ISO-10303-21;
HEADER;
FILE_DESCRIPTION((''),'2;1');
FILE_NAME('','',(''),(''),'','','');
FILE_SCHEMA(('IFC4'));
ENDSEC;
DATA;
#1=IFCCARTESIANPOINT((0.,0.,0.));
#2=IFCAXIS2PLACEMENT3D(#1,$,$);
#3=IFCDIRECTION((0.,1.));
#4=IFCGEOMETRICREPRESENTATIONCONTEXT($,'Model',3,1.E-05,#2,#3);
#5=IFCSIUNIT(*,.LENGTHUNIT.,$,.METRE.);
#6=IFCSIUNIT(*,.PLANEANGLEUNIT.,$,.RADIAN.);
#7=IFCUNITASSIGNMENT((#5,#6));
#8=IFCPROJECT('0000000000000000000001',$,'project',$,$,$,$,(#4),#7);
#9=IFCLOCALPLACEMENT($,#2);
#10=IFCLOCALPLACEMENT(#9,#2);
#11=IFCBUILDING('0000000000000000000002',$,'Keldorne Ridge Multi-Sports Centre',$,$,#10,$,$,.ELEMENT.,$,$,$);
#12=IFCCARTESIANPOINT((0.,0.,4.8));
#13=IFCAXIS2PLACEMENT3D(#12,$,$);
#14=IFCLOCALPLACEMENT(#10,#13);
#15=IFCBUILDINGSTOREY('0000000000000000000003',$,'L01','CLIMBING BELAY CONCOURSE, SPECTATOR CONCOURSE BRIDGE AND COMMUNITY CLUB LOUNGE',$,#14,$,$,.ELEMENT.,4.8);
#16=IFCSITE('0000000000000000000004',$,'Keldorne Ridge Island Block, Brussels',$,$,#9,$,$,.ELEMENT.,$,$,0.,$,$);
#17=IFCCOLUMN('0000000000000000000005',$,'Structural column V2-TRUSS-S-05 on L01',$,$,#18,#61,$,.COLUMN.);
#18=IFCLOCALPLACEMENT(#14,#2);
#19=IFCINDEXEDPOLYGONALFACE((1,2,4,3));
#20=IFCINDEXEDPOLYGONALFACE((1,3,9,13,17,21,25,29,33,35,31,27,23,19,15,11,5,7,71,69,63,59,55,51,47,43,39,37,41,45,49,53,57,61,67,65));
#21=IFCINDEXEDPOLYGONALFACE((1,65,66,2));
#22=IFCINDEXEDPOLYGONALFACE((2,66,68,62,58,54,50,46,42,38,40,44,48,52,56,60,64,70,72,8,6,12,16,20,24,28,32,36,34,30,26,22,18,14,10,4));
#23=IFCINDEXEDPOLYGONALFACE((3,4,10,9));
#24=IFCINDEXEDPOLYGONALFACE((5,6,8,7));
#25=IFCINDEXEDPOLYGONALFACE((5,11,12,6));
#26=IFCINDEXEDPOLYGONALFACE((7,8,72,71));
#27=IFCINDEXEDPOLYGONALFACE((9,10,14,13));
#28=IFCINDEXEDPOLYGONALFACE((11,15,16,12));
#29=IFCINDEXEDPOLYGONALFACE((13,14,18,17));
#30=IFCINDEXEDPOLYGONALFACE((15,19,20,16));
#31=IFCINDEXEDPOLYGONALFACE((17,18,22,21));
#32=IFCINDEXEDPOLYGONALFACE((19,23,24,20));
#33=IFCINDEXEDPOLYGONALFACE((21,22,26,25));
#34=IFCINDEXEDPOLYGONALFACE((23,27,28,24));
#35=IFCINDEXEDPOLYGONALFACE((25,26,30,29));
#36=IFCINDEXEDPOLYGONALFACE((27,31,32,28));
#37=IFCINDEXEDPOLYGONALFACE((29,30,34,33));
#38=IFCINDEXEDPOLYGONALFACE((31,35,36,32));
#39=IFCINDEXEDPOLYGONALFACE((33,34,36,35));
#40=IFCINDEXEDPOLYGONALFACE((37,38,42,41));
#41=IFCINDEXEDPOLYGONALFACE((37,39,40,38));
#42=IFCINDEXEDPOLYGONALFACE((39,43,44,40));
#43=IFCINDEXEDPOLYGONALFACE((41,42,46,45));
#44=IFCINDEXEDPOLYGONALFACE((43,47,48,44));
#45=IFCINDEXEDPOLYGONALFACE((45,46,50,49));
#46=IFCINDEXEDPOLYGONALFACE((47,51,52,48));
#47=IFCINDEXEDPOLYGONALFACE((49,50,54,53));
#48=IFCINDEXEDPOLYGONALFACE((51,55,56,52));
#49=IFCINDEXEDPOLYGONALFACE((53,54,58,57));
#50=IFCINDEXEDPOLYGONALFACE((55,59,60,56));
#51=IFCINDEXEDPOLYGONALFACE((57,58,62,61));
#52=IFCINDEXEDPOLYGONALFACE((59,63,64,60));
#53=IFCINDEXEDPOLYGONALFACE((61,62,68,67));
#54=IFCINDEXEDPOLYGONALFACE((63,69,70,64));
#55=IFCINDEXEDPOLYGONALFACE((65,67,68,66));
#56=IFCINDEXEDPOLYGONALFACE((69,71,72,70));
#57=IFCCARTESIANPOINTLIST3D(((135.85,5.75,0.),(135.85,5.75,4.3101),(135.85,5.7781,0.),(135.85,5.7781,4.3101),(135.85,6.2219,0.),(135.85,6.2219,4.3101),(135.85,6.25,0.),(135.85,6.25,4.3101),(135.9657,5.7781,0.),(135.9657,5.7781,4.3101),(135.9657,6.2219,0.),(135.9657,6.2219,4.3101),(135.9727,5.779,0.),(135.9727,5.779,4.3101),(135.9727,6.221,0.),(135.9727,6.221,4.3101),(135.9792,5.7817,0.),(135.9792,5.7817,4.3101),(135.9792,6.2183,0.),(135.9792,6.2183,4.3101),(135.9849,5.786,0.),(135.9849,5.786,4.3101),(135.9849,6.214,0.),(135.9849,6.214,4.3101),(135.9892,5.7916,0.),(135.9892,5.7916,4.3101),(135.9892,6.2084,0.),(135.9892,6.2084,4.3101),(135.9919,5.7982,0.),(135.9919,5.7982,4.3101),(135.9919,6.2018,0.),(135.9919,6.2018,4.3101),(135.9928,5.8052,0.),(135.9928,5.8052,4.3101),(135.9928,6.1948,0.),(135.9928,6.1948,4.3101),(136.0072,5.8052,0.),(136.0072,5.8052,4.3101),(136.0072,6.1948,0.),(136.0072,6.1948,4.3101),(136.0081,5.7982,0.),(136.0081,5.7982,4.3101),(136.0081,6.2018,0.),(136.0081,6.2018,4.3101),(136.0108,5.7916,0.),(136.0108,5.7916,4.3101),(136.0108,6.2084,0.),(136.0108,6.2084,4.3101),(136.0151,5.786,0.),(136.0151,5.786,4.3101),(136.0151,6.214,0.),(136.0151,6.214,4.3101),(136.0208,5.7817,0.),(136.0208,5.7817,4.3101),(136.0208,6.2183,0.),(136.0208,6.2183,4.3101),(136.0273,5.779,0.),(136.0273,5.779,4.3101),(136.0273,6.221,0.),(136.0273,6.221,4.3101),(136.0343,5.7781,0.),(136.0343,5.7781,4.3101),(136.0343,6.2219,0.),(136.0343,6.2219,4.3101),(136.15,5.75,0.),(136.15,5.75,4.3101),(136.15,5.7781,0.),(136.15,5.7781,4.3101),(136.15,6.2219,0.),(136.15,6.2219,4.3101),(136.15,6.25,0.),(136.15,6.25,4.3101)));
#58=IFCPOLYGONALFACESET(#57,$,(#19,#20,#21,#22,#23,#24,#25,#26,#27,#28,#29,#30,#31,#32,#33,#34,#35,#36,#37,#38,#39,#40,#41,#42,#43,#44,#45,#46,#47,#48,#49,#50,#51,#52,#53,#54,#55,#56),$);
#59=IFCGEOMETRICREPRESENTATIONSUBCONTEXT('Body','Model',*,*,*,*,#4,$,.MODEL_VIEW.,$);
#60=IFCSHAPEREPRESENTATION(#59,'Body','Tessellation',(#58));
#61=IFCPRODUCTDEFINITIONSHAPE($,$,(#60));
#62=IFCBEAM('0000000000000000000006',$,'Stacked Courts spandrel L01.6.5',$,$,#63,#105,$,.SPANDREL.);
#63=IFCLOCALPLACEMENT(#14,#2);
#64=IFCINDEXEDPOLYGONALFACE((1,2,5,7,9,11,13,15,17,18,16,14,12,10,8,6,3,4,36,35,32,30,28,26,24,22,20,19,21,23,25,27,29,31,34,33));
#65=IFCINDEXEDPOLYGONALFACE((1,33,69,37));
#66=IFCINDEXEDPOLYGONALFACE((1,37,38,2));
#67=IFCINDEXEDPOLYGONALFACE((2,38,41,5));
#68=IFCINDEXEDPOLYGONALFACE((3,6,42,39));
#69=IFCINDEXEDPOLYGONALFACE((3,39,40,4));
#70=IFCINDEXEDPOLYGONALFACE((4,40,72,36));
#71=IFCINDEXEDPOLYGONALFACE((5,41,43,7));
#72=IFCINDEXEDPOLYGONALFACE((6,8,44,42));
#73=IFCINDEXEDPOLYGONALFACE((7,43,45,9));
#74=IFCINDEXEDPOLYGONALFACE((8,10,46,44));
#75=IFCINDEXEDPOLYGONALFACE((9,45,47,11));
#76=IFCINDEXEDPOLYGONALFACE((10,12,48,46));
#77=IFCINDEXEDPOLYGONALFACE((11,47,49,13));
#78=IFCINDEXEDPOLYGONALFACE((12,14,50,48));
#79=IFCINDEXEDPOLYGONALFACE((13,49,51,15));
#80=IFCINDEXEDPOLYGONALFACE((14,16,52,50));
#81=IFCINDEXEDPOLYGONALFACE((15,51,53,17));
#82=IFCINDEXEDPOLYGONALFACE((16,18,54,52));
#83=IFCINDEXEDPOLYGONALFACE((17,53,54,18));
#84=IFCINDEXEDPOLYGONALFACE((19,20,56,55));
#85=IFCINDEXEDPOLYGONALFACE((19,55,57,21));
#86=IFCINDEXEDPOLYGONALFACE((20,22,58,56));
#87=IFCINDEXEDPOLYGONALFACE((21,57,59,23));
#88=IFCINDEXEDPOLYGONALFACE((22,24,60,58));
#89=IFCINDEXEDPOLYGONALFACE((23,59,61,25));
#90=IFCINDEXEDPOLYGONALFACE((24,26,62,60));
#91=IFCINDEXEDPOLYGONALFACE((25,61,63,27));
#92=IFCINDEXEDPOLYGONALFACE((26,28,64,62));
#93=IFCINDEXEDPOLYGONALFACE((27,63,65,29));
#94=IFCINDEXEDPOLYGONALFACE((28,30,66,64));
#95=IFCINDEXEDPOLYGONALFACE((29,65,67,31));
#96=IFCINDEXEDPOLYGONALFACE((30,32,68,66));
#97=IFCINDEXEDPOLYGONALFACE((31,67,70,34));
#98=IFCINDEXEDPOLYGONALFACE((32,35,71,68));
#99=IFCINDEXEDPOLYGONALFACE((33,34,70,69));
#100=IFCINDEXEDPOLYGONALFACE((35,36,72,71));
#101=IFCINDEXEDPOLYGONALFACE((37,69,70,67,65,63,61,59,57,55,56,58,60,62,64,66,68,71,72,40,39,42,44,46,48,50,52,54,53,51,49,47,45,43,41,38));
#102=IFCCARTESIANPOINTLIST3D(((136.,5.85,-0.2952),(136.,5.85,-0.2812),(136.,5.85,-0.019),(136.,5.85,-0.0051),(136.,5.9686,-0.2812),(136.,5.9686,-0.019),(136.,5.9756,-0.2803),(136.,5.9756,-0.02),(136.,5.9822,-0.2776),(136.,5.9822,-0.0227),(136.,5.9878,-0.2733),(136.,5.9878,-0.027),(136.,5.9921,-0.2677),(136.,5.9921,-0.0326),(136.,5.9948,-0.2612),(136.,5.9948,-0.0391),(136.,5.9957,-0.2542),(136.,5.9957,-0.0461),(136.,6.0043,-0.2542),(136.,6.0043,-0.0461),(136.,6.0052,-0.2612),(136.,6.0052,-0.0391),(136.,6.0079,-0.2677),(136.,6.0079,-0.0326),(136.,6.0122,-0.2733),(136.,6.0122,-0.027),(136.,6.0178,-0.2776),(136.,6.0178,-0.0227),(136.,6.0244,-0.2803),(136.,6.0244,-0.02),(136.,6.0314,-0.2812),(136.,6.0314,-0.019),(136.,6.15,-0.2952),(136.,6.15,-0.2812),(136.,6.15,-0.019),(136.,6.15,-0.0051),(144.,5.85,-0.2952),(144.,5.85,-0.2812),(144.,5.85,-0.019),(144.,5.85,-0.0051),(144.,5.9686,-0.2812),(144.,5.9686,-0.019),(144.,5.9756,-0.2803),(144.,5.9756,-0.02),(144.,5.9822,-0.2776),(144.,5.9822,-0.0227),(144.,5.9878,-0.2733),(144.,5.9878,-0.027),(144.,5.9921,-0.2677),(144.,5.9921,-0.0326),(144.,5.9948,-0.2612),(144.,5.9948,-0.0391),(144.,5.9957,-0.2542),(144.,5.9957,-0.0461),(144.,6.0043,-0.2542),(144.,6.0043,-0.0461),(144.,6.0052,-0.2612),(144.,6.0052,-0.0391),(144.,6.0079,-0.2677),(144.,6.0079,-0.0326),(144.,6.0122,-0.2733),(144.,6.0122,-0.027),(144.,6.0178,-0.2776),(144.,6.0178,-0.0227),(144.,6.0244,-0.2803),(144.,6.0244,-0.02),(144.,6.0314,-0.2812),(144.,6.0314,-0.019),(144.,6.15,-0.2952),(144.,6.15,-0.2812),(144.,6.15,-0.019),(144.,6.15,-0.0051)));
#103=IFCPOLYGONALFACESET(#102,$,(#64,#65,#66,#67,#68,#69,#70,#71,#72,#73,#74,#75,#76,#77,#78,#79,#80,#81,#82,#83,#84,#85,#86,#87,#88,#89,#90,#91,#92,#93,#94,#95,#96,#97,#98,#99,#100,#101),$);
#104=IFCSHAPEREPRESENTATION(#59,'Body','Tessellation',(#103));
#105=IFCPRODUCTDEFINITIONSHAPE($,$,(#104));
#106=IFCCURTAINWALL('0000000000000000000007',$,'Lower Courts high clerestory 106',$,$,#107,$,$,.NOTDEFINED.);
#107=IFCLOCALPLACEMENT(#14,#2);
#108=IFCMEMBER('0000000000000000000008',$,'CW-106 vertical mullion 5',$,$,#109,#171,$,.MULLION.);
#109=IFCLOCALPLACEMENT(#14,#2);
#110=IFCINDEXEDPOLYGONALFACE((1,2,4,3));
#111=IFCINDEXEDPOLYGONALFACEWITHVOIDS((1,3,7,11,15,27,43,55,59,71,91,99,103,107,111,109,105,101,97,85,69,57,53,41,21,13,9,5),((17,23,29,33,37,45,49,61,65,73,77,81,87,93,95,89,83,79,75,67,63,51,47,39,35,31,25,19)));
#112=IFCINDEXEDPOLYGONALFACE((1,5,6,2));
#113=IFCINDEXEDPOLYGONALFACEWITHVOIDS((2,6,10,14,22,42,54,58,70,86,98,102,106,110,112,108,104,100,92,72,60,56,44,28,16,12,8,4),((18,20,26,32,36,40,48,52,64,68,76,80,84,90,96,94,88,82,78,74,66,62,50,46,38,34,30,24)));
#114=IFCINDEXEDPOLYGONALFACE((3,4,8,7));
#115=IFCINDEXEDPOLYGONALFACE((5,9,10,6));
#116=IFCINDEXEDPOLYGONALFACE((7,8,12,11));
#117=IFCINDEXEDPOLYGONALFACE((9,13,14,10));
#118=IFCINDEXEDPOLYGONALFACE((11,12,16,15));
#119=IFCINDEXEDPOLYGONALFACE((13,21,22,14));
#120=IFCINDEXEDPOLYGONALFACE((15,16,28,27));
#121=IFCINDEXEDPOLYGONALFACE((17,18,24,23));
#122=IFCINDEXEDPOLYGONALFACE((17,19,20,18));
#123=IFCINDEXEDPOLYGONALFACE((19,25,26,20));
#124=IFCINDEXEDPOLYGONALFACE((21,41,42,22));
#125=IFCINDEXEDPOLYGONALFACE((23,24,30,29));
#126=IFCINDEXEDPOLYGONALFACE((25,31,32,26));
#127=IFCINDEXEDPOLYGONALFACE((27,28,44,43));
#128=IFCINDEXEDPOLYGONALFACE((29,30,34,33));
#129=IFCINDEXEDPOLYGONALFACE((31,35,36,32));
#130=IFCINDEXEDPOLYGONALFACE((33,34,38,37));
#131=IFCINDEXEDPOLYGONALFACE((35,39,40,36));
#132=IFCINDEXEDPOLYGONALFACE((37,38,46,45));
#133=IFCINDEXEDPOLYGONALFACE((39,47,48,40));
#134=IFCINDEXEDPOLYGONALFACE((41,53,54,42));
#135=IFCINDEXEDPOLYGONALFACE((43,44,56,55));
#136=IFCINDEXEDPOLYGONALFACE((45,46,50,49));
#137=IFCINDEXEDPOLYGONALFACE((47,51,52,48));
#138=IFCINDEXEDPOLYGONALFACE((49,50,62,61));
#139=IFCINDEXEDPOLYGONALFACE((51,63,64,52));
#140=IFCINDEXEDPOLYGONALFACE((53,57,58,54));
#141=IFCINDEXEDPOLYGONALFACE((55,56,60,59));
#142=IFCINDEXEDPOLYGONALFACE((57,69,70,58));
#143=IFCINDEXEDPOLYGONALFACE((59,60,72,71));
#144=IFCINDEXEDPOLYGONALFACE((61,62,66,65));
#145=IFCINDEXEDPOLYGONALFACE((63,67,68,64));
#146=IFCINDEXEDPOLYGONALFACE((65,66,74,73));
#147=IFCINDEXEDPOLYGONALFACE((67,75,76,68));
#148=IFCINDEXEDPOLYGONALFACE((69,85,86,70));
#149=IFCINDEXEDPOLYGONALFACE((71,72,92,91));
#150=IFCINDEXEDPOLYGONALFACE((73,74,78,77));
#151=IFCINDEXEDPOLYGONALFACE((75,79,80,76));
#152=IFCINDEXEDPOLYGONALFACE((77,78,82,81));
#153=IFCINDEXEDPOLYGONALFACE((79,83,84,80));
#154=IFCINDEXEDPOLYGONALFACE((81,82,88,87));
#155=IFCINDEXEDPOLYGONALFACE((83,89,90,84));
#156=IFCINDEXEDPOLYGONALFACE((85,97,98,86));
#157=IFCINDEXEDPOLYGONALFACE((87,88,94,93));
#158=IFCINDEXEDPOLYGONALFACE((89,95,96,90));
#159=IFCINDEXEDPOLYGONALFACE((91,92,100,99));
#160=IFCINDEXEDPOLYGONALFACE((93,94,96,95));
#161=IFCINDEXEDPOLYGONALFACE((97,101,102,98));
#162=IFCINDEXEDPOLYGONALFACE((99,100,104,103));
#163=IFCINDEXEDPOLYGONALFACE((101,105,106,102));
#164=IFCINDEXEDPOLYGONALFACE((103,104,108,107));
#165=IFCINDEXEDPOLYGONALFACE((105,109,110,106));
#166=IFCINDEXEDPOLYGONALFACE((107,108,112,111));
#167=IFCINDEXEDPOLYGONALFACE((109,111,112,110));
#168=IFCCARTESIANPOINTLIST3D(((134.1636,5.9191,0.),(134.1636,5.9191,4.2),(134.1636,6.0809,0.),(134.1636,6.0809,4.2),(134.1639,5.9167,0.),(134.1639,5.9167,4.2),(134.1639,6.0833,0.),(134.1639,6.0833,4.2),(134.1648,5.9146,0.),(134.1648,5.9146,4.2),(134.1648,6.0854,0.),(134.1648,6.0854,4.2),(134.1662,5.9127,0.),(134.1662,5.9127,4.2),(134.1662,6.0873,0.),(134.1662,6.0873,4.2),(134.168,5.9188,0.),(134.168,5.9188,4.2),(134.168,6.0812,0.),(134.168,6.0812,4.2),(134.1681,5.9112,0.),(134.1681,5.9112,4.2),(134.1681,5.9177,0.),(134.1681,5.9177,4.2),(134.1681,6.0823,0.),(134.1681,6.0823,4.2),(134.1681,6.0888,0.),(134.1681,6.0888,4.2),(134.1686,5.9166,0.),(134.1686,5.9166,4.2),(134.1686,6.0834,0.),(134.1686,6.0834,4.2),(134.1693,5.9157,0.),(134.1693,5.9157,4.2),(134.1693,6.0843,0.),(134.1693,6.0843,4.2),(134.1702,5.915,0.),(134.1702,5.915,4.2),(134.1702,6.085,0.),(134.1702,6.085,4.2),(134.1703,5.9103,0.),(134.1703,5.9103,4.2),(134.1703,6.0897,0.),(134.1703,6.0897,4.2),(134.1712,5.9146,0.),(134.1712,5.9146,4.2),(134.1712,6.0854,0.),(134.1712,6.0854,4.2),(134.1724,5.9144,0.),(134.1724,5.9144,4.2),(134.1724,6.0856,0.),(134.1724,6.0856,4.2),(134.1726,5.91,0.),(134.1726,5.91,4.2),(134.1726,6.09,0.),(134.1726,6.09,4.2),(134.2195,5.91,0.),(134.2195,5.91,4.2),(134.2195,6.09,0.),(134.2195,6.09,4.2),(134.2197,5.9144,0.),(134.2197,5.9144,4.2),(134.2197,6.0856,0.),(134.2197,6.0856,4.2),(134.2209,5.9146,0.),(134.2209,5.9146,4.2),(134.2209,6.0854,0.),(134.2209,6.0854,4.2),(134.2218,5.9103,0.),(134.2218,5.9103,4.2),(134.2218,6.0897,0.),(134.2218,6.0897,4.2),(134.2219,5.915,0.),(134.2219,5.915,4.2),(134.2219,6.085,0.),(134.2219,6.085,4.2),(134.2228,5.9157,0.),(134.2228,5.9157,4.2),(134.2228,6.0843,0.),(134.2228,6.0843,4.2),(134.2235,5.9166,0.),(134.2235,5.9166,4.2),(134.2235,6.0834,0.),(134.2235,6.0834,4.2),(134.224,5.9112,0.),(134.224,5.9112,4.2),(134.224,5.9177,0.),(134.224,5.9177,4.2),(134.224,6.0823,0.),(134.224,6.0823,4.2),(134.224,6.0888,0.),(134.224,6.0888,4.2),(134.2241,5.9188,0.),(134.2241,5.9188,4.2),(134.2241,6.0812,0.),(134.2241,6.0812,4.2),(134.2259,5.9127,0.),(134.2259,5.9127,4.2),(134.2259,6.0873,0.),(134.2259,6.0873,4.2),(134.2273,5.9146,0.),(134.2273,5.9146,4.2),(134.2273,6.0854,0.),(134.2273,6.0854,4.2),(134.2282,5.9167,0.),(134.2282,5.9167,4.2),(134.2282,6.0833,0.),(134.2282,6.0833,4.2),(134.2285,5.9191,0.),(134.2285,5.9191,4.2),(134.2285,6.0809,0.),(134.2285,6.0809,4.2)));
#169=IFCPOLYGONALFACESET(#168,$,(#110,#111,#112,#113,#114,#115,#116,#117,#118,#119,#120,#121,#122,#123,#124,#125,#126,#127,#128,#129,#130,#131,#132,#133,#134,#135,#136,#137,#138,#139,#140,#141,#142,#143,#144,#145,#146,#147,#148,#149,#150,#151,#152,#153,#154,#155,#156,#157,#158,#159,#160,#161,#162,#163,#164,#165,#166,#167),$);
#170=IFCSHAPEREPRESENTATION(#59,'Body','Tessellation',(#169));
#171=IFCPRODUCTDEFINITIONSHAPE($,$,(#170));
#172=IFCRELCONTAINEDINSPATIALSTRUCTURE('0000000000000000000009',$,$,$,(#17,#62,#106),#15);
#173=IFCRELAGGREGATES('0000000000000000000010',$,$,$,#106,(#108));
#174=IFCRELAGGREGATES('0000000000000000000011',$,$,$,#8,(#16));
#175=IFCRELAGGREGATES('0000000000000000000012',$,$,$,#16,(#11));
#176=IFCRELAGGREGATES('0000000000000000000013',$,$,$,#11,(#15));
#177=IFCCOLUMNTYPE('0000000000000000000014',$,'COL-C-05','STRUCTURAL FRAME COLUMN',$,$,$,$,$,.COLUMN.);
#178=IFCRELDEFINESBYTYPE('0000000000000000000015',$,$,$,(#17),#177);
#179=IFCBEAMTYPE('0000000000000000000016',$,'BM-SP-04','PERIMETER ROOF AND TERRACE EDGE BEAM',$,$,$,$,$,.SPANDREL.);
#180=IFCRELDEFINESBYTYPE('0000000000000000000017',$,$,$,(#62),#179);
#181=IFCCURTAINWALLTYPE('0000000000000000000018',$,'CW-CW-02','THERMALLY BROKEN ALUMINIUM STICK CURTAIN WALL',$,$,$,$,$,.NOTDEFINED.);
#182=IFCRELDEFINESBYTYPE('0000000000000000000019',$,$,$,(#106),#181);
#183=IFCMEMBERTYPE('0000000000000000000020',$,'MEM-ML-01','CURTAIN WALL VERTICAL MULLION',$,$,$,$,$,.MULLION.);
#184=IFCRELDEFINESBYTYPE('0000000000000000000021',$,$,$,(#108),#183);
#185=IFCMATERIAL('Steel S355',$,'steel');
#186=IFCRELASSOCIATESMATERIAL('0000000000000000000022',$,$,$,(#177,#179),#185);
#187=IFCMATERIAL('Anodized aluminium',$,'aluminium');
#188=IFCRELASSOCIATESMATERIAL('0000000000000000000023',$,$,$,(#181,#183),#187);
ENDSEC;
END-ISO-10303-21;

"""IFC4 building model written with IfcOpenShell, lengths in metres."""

from ifc_helpers import new_model, si_unit, direction, frame, origin, origin_2d, place, context, subcontext, project, spatial, hollow_rectangle, i_section, extrude, material, material_profile, profile_set, type_object, element, aggregate, save


model = new_model("IFC4")

# Units and contexts
model_context = context("Model", 3, precision=1e-05, world=origin(), true_north=direction((0.0, 1.0)))
body_context = subcontext(model_context, "Body", "Model", "MODEL_VIEW")
ifc_project = project(units=[si_unit("LENGTHUNIT", "METRE"), si_unit("PLANEANGLEUNIT", "RADIAN")], contexts=[model_context])

# Site, building, storey
site_placement = place(None, origin())
site = spatial("IfcSite", under=ifc_project, at=site_placement, Name="Keldorne Ridge Island Block, Brussels", CompositionType="ELEMENT", RefElevation=0.0)
building_placement = place(site_placement, origin())
building = spatial("IfcBuilding", under=site, at=building_placement, Name="Keldorne Ridge Multi-Sports Centre", CompositionType="ELEMENT")
storey_placement = place(building_placement, frame((0.0, 0.0, 4.8)))
storey = spatial("IfcBuildingStorey", under=building, at=storey_placement, Name="L01", Description="CLIMBING BELAY CONCOURSE, SPECTATOR CONCOURSE BRIDGE AND COMMUNITY CLUB LOUNGE", CompositionType="ELEMENT", Elevation=4.8)

# Column
ifc_material_1 = material(Name="Steel S355", Category="steel")
ifc_material_profile_1 = material_profile(ifc_material_1, i_section(OverallWidth=0.3, OverallDepth=0.5, WebThickness=0.0144, FlangeThickness=0.0281, FilletRadius=0.0271, at=origin_2d()), Name="HEB 500")
ifc_profile_set_1 = profile_set([ifc_material_profile_1], Name="Steel S355")
column_type = type_object("IfcColumnType", Name="COL-C-05", Description="STRUCTURAL FRAME COLUMN", PredefinedType="COLUMN", material=ifc_profile_set_1)
column_placement = place(storey_placement, frame((136.0, 6.0, 0.0), z_axis=(0.0, 0.0, 1.0), x_axis=(1.0, 0.0, 0.0)))
element("IfcColumn", 1, at=column_placement, inside=storey, type_object=column_type, Name="Structural column V2-TRUSS-S-05 on L01", PredefinedType="COLUMN", context=body_context, shape_type="SweptSolid", body=[
    extrude(i_section(OverallWidth=0.3, OverallDepth=0.5, WebThickness=0.0144, FlangeThickness=0.0281, FilletRadius=0.0271, at=origin_2d()), origin(), (0.0, 0.0, 1.0), 4.3101),
])

# Beam
ifc_material_profile_2 = material_profile(ifc_material_1, i_section(OverallWidth=0.3, OverallDepth=0.29, WebThickness=0.0085, FlangeThickness=0.0139, FilletRadius=0.0271, at=origin_2d()), Name="HEA 300")
ifc_profile_set_2 = profile_set([ifc_material_profile_2], Name="Steel S355")
beam_type = type_object("IfcBeamType", Name="BM-SP-04", Description="PERIMETER ROOF AND TERRACE EDGE BEAM", PredefinedType="SPANDREL", material=ifc_profile_set_2)
beam_placement = place(storey_placement, frame((136.0, 6.0, -0.1501), z_axis=(1.0, 0.0, 0.0), x_axis=(0.0, 1.0, 0.0)))
element("IfcBeam", 2, at=beam_placement, inside=storey, type_object=beam_type, Name="Stacked Courts spandrel L01.6.5", PredefinedType="SPANDREL", context=body_context, shape_type="SweptSolid", body=[
    extrude(i_section(OverallWidth=0.3, OverallDepth=0.29, WebThickness=0.0085, FlangeThickness=0.0139, FilletRadius=0.0271, at=origin_2d()), origin(), (0.0, 0.0, 1.0), 8.0),
])

# Curtain wall, member
ifc_material_2 = material(Name="Anodized aluminium", Category="aluminium")
curtain_wall_type_1 = type_object("IfcCurtainWallType", Name="CW-CW-02", Description="THERMALLY BROKEN ALUMINIUM STICK CURTAIN WALL", PredefinedType="NOTDEFINED", material=ifc_material_2)
curtain_wall_1_placement = place(storey_placement, origin())
curtain_wall_1 = element("IfcCurtainWall", 3, at=curtain_wall_1_placement, inside=storey, type_object=curtain_wall_type_1, Name="Lower Courts high clerestory 106", PredefinedType="NOTDEFINED")
ifc_material_profile_3 = material_profile(ifc_material_2, hollow_rectangle(XDim=0.0649, YDim=0.1799, WallThickness=0.0044, InnerFilletRadius=0.0044, OuterFilletRadius=0.009, at=origin_2d()), Name="ALU MULLION 180x65x4.5")
ifc_profile_set_3 = profile_set([ifc_material_profile_3], Name="Anodized aluminium")
member_type_1 = type_object("IfcMemberType", Name="MEM-ML-01", Description="CURTAIN WALL VERTICAL MULLION", PredefinedType="MULLION", material=ifc_profile_set_3)
member_1_placement = place(storey_placement, frame((134.196, 6.0, 0.0), z_axis=(0.0, 0.0, 1.0), x_axis=(1.0, 0.0, 0.0)))
member_1 = element("IfcMember", 4, at=member_1_placement, type_object=member_type_1, Name="CW-106 vertical mullion 5", PredefinedType="MULLION", context=body_context, shape_type="SweptSolid", body=[
    extrude(hollow_rectangle(XDim=0.0649, YDim=0.1799, WallThickness=0.0044, InnerFilletRadius=0.0044, OuterFilletRadius=0.009, at=origin_2d()), origin(), (0.0, 0.0, 1.0), 4.2),
])

aggregate(curtain_wall_1, [member_1])

save(model, "model.ifc")
